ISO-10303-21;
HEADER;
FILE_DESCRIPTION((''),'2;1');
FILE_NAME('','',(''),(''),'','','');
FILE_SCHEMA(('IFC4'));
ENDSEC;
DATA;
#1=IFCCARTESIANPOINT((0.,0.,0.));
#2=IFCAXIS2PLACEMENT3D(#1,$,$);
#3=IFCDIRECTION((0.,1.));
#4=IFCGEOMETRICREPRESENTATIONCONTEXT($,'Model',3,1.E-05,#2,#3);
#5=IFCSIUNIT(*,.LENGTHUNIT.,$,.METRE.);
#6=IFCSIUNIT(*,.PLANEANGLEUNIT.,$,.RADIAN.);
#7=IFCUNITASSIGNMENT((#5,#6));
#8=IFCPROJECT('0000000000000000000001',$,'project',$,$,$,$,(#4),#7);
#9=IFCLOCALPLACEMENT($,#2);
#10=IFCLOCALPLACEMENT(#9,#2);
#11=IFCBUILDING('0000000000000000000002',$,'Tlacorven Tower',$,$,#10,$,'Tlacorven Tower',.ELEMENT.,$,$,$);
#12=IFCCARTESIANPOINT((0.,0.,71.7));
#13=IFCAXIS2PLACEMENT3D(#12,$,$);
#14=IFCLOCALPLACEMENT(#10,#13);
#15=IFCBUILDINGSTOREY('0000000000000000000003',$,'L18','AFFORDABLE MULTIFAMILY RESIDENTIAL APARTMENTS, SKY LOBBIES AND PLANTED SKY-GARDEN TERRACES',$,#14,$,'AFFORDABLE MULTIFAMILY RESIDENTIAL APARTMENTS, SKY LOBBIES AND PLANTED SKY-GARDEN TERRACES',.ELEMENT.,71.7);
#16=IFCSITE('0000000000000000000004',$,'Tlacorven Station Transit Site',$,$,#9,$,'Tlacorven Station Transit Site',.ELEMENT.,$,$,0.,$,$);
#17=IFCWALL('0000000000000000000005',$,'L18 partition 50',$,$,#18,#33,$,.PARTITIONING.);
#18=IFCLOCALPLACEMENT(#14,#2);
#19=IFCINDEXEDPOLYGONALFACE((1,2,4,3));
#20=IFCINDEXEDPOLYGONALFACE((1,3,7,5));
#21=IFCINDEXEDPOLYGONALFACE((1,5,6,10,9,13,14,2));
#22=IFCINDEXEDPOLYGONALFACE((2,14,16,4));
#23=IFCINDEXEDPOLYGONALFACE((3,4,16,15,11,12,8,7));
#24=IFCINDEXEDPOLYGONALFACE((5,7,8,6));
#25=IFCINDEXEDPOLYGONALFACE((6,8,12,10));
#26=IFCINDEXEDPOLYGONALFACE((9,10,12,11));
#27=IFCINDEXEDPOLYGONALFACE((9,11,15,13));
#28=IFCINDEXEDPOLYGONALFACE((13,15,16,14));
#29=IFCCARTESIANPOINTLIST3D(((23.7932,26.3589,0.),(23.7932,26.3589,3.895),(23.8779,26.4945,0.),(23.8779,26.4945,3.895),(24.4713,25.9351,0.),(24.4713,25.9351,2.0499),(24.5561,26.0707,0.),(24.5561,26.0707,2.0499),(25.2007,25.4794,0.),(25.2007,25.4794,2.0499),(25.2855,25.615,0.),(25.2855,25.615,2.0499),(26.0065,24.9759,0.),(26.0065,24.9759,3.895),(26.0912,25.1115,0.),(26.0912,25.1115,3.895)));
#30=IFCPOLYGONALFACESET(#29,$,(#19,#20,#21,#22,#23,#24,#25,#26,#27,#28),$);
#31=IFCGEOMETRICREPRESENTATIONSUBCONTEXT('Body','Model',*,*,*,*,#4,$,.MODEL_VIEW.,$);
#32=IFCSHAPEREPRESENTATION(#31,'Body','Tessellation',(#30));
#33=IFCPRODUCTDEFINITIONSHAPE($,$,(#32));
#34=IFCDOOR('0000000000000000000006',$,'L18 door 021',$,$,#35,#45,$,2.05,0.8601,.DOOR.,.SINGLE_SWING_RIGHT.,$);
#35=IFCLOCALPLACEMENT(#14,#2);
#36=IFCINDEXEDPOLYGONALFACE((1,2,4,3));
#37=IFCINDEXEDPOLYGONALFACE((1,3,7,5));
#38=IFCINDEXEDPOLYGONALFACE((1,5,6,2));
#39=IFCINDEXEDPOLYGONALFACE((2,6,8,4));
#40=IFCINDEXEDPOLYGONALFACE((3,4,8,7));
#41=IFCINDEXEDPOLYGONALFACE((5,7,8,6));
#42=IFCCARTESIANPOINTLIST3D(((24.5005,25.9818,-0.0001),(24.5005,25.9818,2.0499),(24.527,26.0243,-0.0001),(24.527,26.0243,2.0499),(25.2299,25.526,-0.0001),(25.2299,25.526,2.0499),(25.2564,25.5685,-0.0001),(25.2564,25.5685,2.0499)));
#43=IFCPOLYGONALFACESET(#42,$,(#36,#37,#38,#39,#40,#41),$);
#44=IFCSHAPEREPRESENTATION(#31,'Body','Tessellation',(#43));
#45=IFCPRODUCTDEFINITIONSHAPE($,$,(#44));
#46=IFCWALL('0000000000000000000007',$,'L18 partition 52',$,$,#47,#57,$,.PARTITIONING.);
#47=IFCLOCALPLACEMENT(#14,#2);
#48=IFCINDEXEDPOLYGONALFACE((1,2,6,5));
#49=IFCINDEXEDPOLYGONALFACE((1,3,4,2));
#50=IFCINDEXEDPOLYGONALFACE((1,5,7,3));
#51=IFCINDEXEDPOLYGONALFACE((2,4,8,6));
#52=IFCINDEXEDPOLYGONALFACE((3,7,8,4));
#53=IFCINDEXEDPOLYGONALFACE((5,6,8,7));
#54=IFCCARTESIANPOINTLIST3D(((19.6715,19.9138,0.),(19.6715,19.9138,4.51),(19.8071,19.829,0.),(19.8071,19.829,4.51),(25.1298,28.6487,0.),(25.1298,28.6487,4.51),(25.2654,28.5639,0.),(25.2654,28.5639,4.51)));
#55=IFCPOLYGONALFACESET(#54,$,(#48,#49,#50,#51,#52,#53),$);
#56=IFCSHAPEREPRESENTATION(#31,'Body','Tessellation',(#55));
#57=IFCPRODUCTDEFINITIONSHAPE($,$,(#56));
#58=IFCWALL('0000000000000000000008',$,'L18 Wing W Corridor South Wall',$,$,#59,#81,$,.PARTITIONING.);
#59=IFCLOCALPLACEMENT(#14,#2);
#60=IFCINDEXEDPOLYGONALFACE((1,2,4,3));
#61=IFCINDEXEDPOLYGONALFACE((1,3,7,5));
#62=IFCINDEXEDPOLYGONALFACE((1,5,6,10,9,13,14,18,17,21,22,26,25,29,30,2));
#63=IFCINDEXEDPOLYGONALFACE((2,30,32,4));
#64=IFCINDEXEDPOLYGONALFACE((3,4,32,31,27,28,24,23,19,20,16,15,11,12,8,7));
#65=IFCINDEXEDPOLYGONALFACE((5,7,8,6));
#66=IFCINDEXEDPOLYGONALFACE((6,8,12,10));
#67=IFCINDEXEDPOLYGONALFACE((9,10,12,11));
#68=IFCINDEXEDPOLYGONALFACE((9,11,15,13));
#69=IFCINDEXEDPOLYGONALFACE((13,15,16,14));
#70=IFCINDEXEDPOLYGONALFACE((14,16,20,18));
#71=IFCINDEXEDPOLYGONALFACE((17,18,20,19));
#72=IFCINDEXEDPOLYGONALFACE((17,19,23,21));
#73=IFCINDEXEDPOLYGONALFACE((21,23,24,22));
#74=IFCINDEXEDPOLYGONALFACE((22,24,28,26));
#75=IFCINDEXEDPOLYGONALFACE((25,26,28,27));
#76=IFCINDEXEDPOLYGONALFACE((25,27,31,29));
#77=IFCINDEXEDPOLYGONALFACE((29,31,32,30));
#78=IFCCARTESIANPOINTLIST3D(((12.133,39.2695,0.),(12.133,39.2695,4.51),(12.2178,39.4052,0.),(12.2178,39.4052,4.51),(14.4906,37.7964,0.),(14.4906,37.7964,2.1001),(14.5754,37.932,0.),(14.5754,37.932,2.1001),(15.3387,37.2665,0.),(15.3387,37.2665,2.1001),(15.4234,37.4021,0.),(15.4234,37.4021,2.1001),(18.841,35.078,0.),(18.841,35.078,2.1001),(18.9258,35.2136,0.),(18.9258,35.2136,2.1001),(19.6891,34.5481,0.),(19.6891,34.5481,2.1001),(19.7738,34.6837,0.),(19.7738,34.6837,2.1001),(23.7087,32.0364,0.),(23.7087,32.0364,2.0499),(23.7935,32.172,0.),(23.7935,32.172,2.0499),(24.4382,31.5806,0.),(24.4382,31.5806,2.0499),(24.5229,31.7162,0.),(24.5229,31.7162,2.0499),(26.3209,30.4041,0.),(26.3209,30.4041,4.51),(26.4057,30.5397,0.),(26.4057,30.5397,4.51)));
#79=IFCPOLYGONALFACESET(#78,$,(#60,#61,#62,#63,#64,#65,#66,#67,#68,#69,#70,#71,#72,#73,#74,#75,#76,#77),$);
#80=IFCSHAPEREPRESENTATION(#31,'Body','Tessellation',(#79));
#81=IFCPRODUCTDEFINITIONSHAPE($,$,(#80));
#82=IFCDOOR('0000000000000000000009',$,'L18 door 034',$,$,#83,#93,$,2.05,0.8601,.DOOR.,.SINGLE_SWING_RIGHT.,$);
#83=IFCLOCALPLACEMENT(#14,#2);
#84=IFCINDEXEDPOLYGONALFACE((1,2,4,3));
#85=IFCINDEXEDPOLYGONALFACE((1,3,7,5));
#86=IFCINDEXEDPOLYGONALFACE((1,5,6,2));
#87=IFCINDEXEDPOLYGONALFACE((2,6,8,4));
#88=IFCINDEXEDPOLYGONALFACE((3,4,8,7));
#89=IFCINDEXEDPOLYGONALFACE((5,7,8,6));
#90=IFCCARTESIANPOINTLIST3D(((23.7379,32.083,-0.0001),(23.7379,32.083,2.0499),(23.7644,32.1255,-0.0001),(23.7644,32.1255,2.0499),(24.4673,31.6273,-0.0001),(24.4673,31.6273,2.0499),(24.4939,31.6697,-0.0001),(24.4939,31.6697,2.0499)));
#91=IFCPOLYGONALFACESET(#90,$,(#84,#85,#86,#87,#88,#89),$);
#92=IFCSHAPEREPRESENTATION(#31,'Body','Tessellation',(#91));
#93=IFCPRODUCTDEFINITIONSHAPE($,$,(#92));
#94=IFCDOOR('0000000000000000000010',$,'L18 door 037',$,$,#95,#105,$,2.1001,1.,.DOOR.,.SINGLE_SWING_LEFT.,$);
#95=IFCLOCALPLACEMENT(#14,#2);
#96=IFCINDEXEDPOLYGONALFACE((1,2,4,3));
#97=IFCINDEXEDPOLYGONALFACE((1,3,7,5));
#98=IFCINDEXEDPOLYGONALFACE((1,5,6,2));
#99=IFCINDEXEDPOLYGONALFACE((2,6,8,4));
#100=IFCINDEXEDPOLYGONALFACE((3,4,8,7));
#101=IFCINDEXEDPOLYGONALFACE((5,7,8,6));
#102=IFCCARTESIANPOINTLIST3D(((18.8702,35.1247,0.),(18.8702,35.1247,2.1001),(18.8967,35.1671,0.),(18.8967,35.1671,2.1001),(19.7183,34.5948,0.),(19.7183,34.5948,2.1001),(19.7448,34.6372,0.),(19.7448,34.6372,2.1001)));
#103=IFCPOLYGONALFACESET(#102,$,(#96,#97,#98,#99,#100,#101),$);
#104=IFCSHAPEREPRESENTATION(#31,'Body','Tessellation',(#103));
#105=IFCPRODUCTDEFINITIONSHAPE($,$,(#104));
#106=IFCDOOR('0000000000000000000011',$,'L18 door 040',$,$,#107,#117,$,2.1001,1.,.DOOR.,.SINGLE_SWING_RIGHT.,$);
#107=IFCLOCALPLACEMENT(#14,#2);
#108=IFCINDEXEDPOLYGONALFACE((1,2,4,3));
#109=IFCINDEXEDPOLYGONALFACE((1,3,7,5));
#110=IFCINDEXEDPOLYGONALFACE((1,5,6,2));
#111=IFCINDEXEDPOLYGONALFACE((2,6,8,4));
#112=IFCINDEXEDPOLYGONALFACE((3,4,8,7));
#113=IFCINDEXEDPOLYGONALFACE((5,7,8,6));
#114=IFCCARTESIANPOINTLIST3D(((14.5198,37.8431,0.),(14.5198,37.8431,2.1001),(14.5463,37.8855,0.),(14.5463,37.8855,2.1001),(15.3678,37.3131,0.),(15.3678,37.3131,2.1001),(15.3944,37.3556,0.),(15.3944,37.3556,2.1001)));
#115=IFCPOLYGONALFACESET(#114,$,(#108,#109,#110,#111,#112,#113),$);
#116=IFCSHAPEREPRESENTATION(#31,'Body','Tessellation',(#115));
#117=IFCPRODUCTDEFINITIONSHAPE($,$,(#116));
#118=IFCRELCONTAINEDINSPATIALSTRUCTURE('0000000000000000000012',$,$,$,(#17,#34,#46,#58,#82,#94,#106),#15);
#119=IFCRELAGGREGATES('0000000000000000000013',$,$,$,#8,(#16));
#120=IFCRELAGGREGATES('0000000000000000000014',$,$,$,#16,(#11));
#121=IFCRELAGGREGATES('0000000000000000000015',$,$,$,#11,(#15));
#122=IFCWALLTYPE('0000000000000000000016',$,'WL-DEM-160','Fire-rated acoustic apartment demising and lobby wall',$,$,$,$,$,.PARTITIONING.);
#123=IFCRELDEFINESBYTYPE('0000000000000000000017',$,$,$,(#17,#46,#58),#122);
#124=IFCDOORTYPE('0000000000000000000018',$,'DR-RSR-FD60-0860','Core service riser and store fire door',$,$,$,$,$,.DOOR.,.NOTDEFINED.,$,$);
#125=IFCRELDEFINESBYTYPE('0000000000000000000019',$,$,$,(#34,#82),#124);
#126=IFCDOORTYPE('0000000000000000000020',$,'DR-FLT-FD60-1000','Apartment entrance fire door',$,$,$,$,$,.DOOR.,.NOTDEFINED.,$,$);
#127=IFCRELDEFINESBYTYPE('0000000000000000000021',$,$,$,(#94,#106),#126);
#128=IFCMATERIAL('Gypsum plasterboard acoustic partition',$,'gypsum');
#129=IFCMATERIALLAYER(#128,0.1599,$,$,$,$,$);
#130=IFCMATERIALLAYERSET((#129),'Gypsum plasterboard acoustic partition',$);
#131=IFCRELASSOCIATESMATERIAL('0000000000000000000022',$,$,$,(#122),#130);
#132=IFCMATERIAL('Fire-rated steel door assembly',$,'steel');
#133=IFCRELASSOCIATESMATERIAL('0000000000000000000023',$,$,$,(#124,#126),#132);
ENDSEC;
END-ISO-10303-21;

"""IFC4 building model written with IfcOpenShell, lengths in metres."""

from ifc_helpers import new_model, si_unit, direction, frame, frame_2d, origin, place, context, subcontext, project, spatial, rectangle, extrude, source, transform, mapped, material, layer, layer_set, type_object, element, fill, save


model = new_model("IFC4")

# Units and contexts
model_context = context("Model", 3, precision=1e-05, world=origin(), true_north=direction((0.0, 1.0)))
body_context = subcontext(model_context, "Body", "Model", "MODEL_VIEW")
ifc_project = project(units=[si_unit("LENGTHUNIT", "METRE"), si_unit("PLANEANGLEUNIT", "RADIAN")], contexts=[model_context])

# Site, building, storey
site_placement = place(None, origin())
site = spatial("IfcSite", under=ifc_project, at=site_placement, Name="Tlacorven Station Transit Site", LongName="Tlacorven Station Transit Site", CompositionType="ELEMENT", RefElevation=0.0)
building_placement = place(site_placement, origin())
building = spatial("IfcBuilding", under=site, at=building_placement, Name="Tlacorven Tower", LongName="Tlacorven Tower", CompositionType="ELEMENT")
storey_placement = place(building_placement, frame((0.0, 0.0, 71.7)))
storey = spatial("IfcBuildingStorey", under=building, at=storey_placement, Name="L18", Description="AFFORDABLE MULTIFAMILY RESIDENTIAL APARTMENTS, SKY LOBBIES AND PLANTED SKY-GARDEN TERRACES", LongName="AFFORDABLE MULTIFAMILY RESIDENTIAL APARTMENTS, SKY LOBBIES AND PLANTED SKY-GARDEN TERRACES", CompositionType="ELEMENT", Elevation=71.7)

# Shared definitions
ifc_material_1 = material(Name="Gypsum plasterboard acoustic partition", Category="gypsum")
ifc_layer_1 = layer(ifc_material_1, 0.1599)
ifc_layer_set_1 = layer_set([ifc_layer_1], Name="Gypsum plasterboard acoustic partition")
wall_type_1 = type_object("IfcWallType", Name="WL-DEM-160", Description="Fire-rated acoustic apartment demising and lobby wall", PredefinedType="PARTITIONING", material=ifc_layer_set_1)

# Wall, opening, door
wall_1_placement = place(storey_placement, frame((26.0488, 25.0437, 0.0), z_axis=(0.0, 0.0, 1.0), x_axis=(-0.848051, 0.529915, 0.0)))
wall_1 = element("IfcWall", 1, at=wall_1_placement, inside=storey, type_object=wall_type_1, Name="L18 partition 50", PredefinedType="PARTITIONING", context=body_context, shape_type="SweptSolid", body=[
    extrude(rectangle(XDim=2.6099, YDim=0.1599, at=frame_2d((1.3049, 0.0))), origin(), (0.0, 0.0, 1.0), 3.895),
])
opening_1_placement = place(wall_1_placement, frame((0.95, 0.0, 0.0)))
opening_1 = element("IfcOpeningElement", 2, at=opening_1_placement, cuts=wall_1, PredefinedType="OPENING", context=body_context, shape_type="SweptSolid", body=[
    extrude(rectangle(XDim=0.8601, YDim=2.05, at=frame_2d((0.4302, 1.0249))), frame((0.0, 0.0898, 0.0), z_axis=(0.0, -1.0, 0.0), x_axis=(1.0, 0.0, 0.0)), (0.0, 0.0, 1.0), 0.1799),
])
ifc_material_2 = material(Name="Fire-rated steel door assembly", Category="steel")
door_type_1 = type_object("IfcDoorType", Name="DR-RSR-FD60-0860", Description="Core service riser and store fire door", OperationType="NOTDEFINED", PredefinedType="DOOR", material=ifc_material_2)
shared_shape_1 = source(origin(), body_context, "Body", "SweptSolid", [
    extrude(rectangle(XDim=0.8601, YDim=2.05, at=frame_2d((0.4302, 1.0249))), frame((0.0, 0.0249, 0.0), z_axis=(0.0, -1.0, 0.0), x_axis=(1.0, 0.0, 0.0)), (0.0, 0.0, 1.0), 0.05),
])
door_1_placement = place(opening_1_placement, origin())
door_1 = element("IfcDoor", 3, at=door_1_placement, inside=storey, type_object=door_type_1, Name="L18 door 021", OperationType="SINGLE_SWING_RIGHT", OverallHeight=2.05, OverallWidth=0.8601, PredefinedType="DOOR", context=body_context, shape_type="MappedRepresentation", body=[
    mapped(shared_shape_1, transform((0.0, 0.0, 0.0), scale=1.0)),
])
fill(opening_1, door_1)

# Wall
wall_2_placement = place(storey_placement, frame((25.1975, 28.6062, 0.0), z_axis=(0.0, 0.0, 1.0), x_axis=(-0.529926, -0.848044, 0.0)))
element("IfcWall", 4, at=wall_2_placement, inside=storey, type_object=wall_type_1, Name="L18 partition 52", PredefinedType="PARTITIONING", context=body_context, shape_type="SweptSolid", body=[
    extrude(rectangle(XDim=10.3, YDim=0.1599, at=frame_2d((5.1499, 0.0))), origin(), (0.0, 0.0, 1.0), 4.51),
])

# Wall, openings, doors
wall_3_placement = place(storey_placement, frame((26.3633, 30.4719, 0.0), z_axis=(0.0, 0.0, 1.0), x_axis=(-0.848052, 0.529912, 0.0)))
wall_3 = element("IfcWall", 5, at=wall_3_placement, inside=storey, type_object=wall_type_1, Name="L18 Wing W Corridor South Wall", PredefinedType="PARTITIONING", context=body_context, shape_type="SweptSolid", body=[
    extrude(rectangle(XDim=16.73, YDim=0.1599, at=frame_2d((8.365, 0.0))), origin(), (0.0, 0.0, 1.0), 4.51),
])
opening_2_placement = place(wall_3_placement, frame((2.22, 0.0, 0.0)))
opening_2 = element("IfcOpeningElement", 6, at=opening_2_placement, cuts=wall_3, PredefinedType="OPENING", context=body_context, shape_type="SweptSolid", body=[
    extrude(rectangle(XDim=0.8601, YDim=2.05, at=frame_2d((0.4302, 1.0249))), frame((0.0, 0.0898, 0.0), z_axis=(0.0, -1.0, 0.0), x_axis=(1.0, 0.0, 0.0)), (0.0, 0.0, 1.0), 0.1799),
])
opening_3_placement = place(wall_3_placement, frame((7.8201, 0.0, 0.0)))
opening_3 = element("IfcOpeningElement", 7, at=opening_3_placement, cuts=wall_3, PredefinedType="OPENING", context=body_context, shape_type="SweptSolid", body=[
    extrude(rectangle(XDim=1.0, YDim=2.1001, at=frame_2d((0.5, 1.05))), frame((0.0, 0.0898, 0.0), z_axis=(0.0, -1.0, 0.0), x_axis=(1.0, 0.0, 0.0)), (0.0, 0.0, 1.0), 0.1799),
])
opening_4_placement = place(wall_3_placement, frame((12.95, 0.0, 0.0)))
opening_4 = element("IfcOpeningElement", 8, at=opening_4_placement, cuts=wall_3, PredefinedType="OPENING", context=body_context, shape_type="SweptSolid", body=[
    extrude(rectangle(XDim=1.0, YDim=2.1001, at=frame_2d((0.5, 1.05))), frame((0.0, 0.0898, 0.0), z_axis=(0.0, -1.0, 0.0), x_axis=(1.0, 0.0, 0.0)), (0.0, 0.0, 1.0), 0.1799),
])
door_2_placement = place(opening_2_placement, origin())
door_2 = element("IfcDoor", 9, at=door_2_placement, inside=storey, type_object=door_type_1, Name="L18 door 034", OperationType="SINGLE_SWING_RIGHT", OverallHeight=2.05, OverallWidth=0.8601, PredefinedType="DOOR", context=body_context, shape_type="MappedRepresentation", body=[
    mapped(shared_shape_1, transform((0.0, 0.0, 0.0), scale=1.0)),
])
fill(opening_2, door_2)
door_type_2 = type_object("IfcDoorType", Name="DR-FLT-FD60-1000", Description="Apartment entrance fire door", OperationType="NOTDEFINED", PredefinedType="DOOR", material=ifc_material_2)
shared_shape_2 = source(origin(), body_context, "Body", "SweptSolid", [
    extrude(rectangle(XDim=1.0, YDim=2.1001, at=frame_2d((0.5, 1.05))), frame((0.0, 0.0249, 0.0), z_axis=(0.0, -1.0, 0.0), x_axis=(1.0, 0.0, 0.0)), (0.0, 0.0, 1.0), 0.05),
])
door_3_placement = place(opening_3_placement, origin())
door_3 = element("IfcDoor", 10, at=door_3_placement, inside=storey, type_object=door_type_2, Name="L18 door 037", OperationType="SINGLE_SWING_LEFT", OverallHeight=2.1001, OverallWidth=1.0, PredefinedType="DOOR", context=body_context, shape_type="MappedRepresentation", body=[
    mapped(shared_shape_2, transform((0.0, 0.0, 0.0), scale=1.0)),
])
fill(opening_3, door_3)
door_4_placement = place(opening_4_placement, origin())
door_4 = element("IfcDoor", 11, at=door_4_placement, inside=storey, type_object=door_type_2, Name="L18 door 040", OperationType="SINGLE_SWING_RIGHT", OverallHeight=2.1001, OverallWidth=1.0, PredefinedType="DOOR", context=body_context, shape_type="MappedRepresentation", body=[
    mapped(shared_shape_2, transform((0.0, 0.0, 0.0), scale=1.0)),
])
fill(opening_4, door_4)

save(model, "model.ifc")
